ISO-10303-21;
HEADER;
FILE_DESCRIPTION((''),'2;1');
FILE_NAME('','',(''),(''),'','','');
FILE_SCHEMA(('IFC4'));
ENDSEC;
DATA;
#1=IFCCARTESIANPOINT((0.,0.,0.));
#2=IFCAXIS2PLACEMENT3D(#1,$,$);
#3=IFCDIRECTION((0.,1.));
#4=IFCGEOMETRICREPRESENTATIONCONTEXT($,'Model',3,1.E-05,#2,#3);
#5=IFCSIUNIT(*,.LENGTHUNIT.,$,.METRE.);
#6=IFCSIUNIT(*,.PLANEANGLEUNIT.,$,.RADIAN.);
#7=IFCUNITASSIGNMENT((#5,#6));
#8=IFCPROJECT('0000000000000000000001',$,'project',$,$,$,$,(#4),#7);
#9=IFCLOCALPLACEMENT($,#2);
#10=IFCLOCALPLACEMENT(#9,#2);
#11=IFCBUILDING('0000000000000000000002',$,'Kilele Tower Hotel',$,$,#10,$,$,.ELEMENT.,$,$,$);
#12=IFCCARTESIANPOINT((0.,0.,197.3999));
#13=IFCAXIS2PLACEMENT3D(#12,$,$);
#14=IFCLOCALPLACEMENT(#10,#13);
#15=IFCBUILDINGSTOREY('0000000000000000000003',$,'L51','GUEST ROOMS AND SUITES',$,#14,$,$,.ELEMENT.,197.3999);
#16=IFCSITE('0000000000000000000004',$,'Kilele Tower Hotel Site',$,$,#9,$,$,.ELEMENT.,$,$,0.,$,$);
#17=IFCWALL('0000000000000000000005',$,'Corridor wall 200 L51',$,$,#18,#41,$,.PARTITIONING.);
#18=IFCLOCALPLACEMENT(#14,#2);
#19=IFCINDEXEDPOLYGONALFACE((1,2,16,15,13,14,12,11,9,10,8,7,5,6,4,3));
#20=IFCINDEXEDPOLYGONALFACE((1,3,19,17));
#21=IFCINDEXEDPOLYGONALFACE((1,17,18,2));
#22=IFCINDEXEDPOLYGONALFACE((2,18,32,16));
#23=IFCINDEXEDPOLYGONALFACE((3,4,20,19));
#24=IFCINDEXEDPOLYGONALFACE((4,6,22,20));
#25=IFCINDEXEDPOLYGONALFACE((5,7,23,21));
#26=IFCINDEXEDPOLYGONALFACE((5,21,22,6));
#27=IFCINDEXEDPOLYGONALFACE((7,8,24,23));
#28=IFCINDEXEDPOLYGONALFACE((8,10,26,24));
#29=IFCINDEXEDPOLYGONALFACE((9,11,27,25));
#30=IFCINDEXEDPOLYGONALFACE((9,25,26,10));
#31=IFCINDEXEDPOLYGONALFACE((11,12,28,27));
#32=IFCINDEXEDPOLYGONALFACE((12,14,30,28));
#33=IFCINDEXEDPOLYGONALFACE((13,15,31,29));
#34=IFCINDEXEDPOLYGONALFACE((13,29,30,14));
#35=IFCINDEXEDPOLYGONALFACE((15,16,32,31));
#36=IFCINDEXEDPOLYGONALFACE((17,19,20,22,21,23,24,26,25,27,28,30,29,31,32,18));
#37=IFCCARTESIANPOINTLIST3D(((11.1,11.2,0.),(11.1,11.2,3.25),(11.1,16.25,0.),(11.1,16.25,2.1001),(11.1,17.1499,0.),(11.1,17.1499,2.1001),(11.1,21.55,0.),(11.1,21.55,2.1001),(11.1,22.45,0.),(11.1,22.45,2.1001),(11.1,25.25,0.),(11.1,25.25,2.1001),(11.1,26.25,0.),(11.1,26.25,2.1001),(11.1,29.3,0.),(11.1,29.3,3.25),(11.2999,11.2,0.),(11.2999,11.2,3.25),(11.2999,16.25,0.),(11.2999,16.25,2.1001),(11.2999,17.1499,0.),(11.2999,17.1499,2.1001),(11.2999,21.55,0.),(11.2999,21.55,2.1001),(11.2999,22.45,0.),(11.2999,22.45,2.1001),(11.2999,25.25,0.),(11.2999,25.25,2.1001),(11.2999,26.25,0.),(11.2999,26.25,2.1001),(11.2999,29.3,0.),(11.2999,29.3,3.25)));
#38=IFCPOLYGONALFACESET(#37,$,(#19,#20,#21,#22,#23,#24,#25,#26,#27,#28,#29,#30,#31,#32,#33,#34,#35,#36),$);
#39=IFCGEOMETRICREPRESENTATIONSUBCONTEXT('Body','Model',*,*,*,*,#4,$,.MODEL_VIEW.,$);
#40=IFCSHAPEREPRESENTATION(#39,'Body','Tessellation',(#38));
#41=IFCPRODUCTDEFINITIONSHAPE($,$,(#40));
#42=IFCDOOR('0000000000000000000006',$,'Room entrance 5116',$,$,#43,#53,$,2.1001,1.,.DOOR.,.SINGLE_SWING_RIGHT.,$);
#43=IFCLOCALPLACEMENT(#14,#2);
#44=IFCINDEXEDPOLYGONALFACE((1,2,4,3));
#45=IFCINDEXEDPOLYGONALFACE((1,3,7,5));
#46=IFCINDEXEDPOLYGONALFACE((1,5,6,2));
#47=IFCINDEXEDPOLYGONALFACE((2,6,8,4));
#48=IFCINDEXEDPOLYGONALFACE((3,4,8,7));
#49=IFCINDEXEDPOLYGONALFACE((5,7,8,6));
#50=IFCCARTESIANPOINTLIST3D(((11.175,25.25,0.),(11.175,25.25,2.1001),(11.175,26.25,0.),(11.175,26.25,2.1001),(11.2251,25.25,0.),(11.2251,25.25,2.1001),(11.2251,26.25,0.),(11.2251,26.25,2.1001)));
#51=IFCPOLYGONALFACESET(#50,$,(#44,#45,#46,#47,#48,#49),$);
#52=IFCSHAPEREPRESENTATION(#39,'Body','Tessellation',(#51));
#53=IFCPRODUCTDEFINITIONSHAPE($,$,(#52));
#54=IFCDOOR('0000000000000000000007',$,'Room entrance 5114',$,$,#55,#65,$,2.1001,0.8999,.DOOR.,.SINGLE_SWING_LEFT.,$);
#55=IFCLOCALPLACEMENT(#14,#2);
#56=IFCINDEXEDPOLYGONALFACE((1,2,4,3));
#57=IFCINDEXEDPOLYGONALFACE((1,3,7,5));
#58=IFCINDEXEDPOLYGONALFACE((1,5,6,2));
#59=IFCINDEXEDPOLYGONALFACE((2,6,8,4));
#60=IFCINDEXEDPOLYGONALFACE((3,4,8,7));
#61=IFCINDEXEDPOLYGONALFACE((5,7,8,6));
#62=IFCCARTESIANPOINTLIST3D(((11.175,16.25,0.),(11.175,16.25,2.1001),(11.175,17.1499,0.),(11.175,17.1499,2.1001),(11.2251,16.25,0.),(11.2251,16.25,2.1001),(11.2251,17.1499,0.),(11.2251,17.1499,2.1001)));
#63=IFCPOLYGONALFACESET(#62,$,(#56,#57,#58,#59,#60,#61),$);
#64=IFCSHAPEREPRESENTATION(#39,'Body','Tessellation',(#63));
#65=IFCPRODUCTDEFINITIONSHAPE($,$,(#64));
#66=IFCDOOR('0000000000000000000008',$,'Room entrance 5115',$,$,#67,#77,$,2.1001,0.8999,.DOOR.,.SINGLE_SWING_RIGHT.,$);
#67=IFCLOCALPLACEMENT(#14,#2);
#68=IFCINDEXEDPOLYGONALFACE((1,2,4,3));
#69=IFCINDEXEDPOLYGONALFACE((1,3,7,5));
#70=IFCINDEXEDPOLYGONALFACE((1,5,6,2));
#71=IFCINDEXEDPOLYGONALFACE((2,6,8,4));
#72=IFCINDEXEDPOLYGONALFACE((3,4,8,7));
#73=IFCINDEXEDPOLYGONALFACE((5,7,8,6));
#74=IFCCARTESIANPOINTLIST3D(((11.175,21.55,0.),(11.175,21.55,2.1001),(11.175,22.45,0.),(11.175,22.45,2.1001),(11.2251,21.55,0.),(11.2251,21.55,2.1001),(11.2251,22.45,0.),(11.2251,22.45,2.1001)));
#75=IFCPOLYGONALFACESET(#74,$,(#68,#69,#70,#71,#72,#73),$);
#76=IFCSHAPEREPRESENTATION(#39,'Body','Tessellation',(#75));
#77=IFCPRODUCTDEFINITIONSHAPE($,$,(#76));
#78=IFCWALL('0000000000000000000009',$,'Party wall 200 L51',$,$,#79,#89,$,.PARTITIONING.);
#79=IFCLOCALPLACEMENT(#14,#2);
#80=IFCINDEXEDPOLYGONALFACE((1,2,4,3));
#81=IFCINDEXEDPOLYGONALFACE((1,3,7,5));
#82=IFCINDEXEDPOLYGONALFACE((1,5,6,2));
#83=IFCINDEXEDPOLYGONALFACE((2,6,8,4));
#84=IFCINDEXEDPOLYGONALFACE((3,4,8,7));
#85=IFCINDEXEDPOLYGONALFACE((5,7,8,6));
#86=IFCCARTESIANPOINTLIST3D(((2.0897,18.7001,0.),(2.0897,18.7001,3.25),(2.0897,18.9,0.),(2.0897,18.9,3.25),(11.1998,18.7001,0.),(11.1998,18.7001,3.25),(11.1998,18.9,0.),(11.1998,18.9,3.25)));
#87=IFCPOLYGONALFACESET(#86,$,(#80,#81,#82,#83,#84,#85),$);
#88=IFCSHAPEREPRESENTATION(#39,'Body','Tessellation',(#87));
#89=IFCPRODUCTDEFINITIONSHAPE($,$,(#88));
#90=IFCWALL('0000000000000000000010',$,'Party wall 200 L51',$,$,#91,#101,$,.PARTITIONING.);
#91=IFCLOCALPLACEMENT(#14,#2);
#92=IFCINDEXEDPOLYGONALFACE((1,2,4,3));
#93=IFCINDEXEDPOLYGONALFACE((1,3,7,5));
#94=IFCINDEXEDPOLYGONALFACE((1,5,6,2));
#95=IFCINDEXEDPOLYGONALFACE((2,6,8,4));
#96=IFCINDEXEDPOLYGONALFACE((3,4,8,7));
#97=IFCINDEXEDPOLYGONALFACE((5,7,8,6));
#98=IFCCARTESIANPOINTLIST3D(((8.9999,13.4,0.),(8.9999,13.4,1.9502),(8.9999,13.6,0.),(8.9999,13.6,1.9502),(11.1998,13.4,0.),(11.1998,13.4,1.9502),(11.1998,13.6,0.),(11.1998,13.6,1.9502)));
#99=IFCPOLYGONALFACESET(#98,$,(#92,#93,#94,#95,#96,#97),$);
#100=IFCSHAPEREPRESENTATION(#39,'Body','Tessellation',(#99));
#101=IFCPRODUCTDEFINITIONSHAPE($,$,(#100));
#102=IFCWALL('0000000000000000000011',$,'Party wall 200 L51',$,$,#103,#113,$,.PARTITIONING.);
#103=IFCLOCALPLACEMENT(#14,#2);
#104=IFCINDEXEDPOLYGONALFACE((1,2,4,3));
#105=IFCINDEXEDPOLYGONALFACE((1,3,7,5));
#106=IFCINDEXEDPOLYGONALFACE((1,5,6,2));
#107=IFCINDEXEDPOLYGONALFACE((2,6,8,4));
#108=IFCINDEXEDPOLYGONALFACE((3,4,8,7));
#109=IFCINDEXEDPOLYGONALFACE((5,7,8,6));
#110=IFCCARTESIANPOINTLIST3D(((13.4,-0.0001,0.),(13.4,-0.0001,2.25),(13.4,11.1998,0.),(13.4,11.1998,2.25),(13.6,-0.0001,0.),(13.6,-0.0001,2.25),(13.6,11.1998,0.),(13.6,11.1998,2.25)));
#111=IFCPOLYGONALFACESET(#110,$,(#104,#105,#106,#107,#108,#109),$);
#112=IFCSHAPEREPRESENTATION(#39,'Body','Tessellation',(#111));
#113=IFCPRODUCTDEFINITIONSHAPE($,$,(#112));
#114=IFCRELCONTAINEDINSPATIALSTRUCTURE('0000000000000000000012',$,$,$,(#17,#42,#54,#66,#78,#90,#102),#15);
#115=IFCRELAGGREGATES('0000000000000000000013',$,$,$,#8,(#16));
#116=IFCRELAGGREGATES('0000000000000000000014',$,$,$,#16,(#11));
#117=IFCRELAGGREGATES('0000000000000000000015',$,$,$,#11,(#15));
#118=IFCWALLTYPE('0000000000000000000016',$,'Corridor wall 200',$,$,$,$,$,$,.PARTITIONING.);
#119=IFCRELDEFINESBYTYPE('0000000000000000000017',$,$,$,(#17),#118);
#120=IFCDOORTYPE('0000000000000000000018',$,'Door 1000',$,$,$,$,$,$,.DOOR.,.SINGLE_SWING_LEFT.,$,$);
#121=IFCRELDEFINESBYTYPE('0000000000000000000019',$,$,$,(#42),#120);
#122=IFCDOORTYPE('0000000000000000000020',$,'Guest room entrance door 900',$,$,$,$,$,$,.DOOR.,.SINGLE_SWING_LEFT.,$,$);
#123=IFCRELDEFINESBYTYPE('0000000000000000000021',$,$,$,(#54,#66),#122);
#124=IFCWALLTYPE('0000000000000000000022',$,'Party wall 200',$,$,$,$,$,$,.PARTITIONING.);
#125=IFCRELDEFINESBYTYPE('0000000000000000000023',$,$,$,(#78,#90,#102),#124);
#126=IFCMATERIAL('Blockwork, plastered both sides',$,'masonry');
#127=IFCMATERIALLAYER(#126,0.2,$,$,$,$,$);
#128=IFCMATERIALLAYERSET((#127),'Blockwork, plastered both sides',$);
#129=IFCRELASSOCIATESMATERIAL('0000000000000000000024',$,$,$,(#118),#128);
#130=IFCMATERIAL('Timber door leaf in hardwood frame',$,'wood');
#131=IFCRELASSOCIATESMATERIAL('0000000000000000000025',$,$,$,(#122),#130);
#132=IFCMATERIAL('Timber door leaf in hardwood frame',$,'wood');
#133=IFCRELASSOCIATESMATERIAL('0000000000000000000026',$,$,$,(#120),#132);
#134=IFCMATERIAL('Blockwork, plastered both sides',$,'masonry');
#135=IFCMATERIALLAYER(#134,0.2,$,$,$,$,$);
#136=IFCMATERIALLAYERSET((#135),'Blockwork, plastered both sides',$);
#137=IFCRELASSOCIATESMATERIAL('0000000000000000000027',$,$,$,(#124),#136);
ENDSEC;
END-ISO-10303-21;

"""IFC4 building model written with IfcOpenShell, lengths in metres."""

from ifc_helpers import new_model, si_unit, direction, frame, frame_2d, origin, place, context, subcontext, project, spatial, rectangle, extrude, material, layer, layer_set, type_object, element, fill, save


model = new_model("IFC4")

# Units and contexts
model_context = context("Model", 3, precision=1e-05, world=origin(), true_north=direction((0.0, 1.0)))
body_context = subcontext(model_context, "Body", "Model", "MODEL_VIEW")
ifc_project = project(units=[si_unit("LENGTHUNIT", "METRE"), si_unit("PLANEANGLEUNIT", "RADIAN")], contexts=[model_context])

# Site, building, storey
site_placement = place(None, origin())
site = spatial("IfcSite", under=ifc_project, at=site_placement, Name="Kilele Tower Hotel Site", CompositionType="ELEMENT", RefElevation=0.0)
building_placement = place(site_placement, origin())
building = spatial("IfcBuilding", under=site, at=building_placement, Name="Kilele Tower Hotel", CompositionType="ELEMENT")
storey_placement = place(building_placement, frame((0.0, 0.0, 197.3999)))
storey = spatial("IfcBuildingStorey", under=building, at=storey_placement, Name="L51", Description="GUEST ROOMS AND SUITES", CompositionType="ELEMENT", Elevation=197.3999)

# Wall, openings, doors
ifc_material_1 = material(Name="Blockwork, plastered both sides", Category="masonry")
ifc_layer_1 = layer(ifc_material_1, 0.2)
ifc_layer_set_1 = layer_set([ifc_layer_1], Name="Blockwork, plastered both sides")
wall_type_1 = type_object("IfcWallType", Name="Corridor wall 200", PredefinedType="PARTITIONING", material=ifc_layer_set_1)
ifc_material_2 = material(Name="Timber door leaf in hardwood frame", Category="wood")
door_type_1 = type_object("IfcDoorType", Name="Guest room entrance door 900", OperationType="SINGLE_SWING_LEFT", PredefinedType="DOOR", material=ifc_material_2)
wall_1_placement = place(storey_placement, frame((11.2, 11.2, 0.0), z_axis=(0.0, 0.0, 1.0), x_axis=(0.0, 1.0, 0.0)))
wall_1 = element("IfcWall", 1, at=wall_1_placement, inside=storey, type_object=wall_type_1, Name="Corridor wall 200 L51", PredefinedType="PARTITIONING", context=body_context, shape_type="SweptSolid", body=[
    extrude(rectangle(XDim=18.1001, YDim=0.2, at=frame_2d((9.05, 0.0))), origin(), (0.0, 0.0, 1.0), 3.25),
])
opening_1_placement = place(wall_1_placement, frame((5.05, 0.0, 0.0)))
opening_1 = element("IfcOpeningElement", 2, at=opening_1_placement, cuts=wall_1, PredefinedType="OPENING", context=body_context, shape_type="SweptSolid", body=[
    extrude(rectangle(XDim=0.8999, YDim=2.1001, at=frame_2d((0.45, 1.05))), frame((0.0, 0.1099, 0.0), z_axis=(0.0, -1.0, 0.0), x_axis=(1.0, 0.0, 0.0)), (0.0, 0.0, 1.0), 0.22),
])
opening_2_placement = place(wall_1_placement, frame((10.3501, 0.0, 0.0)))
opening_2 = element("IfcOpeningElement", 3, at=opening_2_placement, cuts=wall_1, PredefinedType="OPENING", context=body_context, shape_type="SweptSolid", body=[
    extrude(rectangle(XDim=0.8999, YDim=2.1001, at=frame_2d((0.45, 1.05))), frame((0.0, 0.1099, 0.0), z_axis=(0.0, -1.0, 0.0), x_axis=(1.0, 0.0, 0.0)), (0.0, 0.0, 1.0), 0.22),
])
opening_3_placement = place(wall_1_placement, frame((14.05, 0.0, 0.0)))
opening_3 = element("IfcOpeningElement", 4, at=opening_3_placement, cuts=wall_1, PredefinedType="OPENING", context=body_context, shape_type="SweptSolid", body=[
    extrude(rectangle(XDim=1.0, YDim=2.1001, at=frame_2d((0.5, 1.05))), frame((0.0, 0.1099, 0.0), z_axis=(0.0, -1.0, 0.0), x_axis=(1.0, 0.0, 0.0)), (0.0, 0.0, 1.0), 0.22),
])
ifc_material_3 = material(Name="Timber door leaf in hardwood frame", Category="wood")
door_type_2 = type_object("IfcDoorType", Name="Door 1000", OperationType="SINGLE_SWING_LEFT", PredefinedType="DOOR", material=ifc_material_3)
door_1_placement = place(opening_3_placement, origin())
door_1 = element("IfcDoor", 5, at=door_1_placement, inside=storey, type_object=door_type_2, Name="Room entrance 5116", OperationType="SINGLE_SWING_RIGHT", OverallHeight=2.1001, OverallWidth=1.0, PredefinedType="DOOR", context=body_context, shape_type="SweptSolid", body=[
    extrude(rectangle(XDim=1.0, YDim=2.1001, at=frame_2d((0.5, 1.05))), frame((0.0, 0.0249, 0.0), z_axis=(0.0, -1.0, 0.0), x_axis=(1.0, 0.0, 0.0)), (0.0, 0.0, 1.0), 0.05),
])
fill(opening_3, door_1)
door_2_placement = place(opening_1_placement, origin())
door_2 = element("IfcDoor", 6, at=door_2_placement, inside=storey, type_object=door_type_1, Name="Room entrance 5114", OperationType="SINGLE_SWING_LEFT", OverallHeight=2.1001, OverallWidth=0.8999, PredefinedType="DOOR", context=body_context, shape_type="SweptSolid", body=[
    extrude(rectangle(XDim=0.8999, YDim=2.1001, at=frame_2d((0.45, 1.05))), frame((0.0, 0.0249, 0.0), z_axis=(0.0, -1.0, 0.0), x_axis=(1.0, 0.0, 0.0)), (0.0, 0.0, 1.0), 0.05),
])
fill(opening_1, door_2)
door_3_placement = place(opening_2_placement, origin())
door_3 = element("IfcDoor", 7, at=door_3_placement, inside=storey, type_object=door_type_1, Name="Room entrance 5115", OperationType="SINGLE_SWING_RIGHT", OverallHeight=2.1001, OverallWidth=0.8999, PredefinedType="DOOR", context=body_context, shape_type="SweptSolid", body=[
    extrude(rectangle(XDim=0.8999, YDim=2.1001, at=frame_2d((0.45, 1.05))), frame((0.0, 0.0249, 0.0), z_axis=(0.0, -1.0, 0.0), x_axis=(1.0, 0.0, 0.0)), (0.0, 0.0, 1.0), 0.05),
])
fill(opening_2, door_3)

# Walls
ifc_material_4 = material(Name="Blockwork, plastered both sides", Category="masonry")
ifc_layer_2 = layer(ifc_material_4, 0.2)
ifc_layer_set_2 = layer_set([ifc_layer_2], Name="Blockwork, plastered both sides")
wall_type_2 = type_object("IfcWallType", Name="Party wall 200", PredefinedType="PARTITIONING", material=ifc_layer_set_2)
wall_2_placement = place(storey_placement, frame((11.2, 18.8, 0.0), z_axis=(0.0, 0.0, 1.0), x_axis=(-1.0, 0.0, 0.0)))
element("IfcWall", 8, at=wall_2_placement, inside=storey, type_object=wall_type_2, Name="Party wall 200 L51", PredefinedType="PARTITIONING", context=body_context, shape_type="SweptSolid", body=[
    extrude(rectangle(XDim=9.1101, YDim=0.2, at=frame_2d((4.5552, 0.0))), origin(), (0.0, 0.0, 1.0), 3.25),
])
wall_3_placement = place(storey_placement, frame((11.2, 13.5, 0.0), z_axis=(0.0, 0.0, 1.0), x_axis=(-1.0, 0.0, 0.0)))
element("IfcWall", 9, at=wall_3_placement, inside=storey, type_object=wall_type_2, Name="Party wall 200 L51", PredefinedType="PARTITIONING", context=body_context, shape_type="SweptSolid", body=[
    extrude(rectangle(XDim=2.2, YDim=0.2, at=frame_2d((1.1001, 0.0))), origin(), (0.0, 0.0, 1.0), 1.9502),
])
wall_4_placement = place(storey_placement, frame((13.5, 11.2, 0.0), z_axis=(0.0, 0.0, 1.0), x_axis=(0.0, -1.0, 0.0)))
element("IfcWall", 10, at=wall_4_placement, inside=storey, type_object=wall_type_2, Name="Party wall 200 L51", PredefinedType="PARTITIONING", context=body_context, shape_type="SweptSolid", body=[
    extrude(rectangle(XDim=11.2, YDim=0.2, at=frame_2d((5.6001, 0.0))), origin(), (0.0, 0.0, 1.0), 2.25),
])

save(model, "model.ifc")
